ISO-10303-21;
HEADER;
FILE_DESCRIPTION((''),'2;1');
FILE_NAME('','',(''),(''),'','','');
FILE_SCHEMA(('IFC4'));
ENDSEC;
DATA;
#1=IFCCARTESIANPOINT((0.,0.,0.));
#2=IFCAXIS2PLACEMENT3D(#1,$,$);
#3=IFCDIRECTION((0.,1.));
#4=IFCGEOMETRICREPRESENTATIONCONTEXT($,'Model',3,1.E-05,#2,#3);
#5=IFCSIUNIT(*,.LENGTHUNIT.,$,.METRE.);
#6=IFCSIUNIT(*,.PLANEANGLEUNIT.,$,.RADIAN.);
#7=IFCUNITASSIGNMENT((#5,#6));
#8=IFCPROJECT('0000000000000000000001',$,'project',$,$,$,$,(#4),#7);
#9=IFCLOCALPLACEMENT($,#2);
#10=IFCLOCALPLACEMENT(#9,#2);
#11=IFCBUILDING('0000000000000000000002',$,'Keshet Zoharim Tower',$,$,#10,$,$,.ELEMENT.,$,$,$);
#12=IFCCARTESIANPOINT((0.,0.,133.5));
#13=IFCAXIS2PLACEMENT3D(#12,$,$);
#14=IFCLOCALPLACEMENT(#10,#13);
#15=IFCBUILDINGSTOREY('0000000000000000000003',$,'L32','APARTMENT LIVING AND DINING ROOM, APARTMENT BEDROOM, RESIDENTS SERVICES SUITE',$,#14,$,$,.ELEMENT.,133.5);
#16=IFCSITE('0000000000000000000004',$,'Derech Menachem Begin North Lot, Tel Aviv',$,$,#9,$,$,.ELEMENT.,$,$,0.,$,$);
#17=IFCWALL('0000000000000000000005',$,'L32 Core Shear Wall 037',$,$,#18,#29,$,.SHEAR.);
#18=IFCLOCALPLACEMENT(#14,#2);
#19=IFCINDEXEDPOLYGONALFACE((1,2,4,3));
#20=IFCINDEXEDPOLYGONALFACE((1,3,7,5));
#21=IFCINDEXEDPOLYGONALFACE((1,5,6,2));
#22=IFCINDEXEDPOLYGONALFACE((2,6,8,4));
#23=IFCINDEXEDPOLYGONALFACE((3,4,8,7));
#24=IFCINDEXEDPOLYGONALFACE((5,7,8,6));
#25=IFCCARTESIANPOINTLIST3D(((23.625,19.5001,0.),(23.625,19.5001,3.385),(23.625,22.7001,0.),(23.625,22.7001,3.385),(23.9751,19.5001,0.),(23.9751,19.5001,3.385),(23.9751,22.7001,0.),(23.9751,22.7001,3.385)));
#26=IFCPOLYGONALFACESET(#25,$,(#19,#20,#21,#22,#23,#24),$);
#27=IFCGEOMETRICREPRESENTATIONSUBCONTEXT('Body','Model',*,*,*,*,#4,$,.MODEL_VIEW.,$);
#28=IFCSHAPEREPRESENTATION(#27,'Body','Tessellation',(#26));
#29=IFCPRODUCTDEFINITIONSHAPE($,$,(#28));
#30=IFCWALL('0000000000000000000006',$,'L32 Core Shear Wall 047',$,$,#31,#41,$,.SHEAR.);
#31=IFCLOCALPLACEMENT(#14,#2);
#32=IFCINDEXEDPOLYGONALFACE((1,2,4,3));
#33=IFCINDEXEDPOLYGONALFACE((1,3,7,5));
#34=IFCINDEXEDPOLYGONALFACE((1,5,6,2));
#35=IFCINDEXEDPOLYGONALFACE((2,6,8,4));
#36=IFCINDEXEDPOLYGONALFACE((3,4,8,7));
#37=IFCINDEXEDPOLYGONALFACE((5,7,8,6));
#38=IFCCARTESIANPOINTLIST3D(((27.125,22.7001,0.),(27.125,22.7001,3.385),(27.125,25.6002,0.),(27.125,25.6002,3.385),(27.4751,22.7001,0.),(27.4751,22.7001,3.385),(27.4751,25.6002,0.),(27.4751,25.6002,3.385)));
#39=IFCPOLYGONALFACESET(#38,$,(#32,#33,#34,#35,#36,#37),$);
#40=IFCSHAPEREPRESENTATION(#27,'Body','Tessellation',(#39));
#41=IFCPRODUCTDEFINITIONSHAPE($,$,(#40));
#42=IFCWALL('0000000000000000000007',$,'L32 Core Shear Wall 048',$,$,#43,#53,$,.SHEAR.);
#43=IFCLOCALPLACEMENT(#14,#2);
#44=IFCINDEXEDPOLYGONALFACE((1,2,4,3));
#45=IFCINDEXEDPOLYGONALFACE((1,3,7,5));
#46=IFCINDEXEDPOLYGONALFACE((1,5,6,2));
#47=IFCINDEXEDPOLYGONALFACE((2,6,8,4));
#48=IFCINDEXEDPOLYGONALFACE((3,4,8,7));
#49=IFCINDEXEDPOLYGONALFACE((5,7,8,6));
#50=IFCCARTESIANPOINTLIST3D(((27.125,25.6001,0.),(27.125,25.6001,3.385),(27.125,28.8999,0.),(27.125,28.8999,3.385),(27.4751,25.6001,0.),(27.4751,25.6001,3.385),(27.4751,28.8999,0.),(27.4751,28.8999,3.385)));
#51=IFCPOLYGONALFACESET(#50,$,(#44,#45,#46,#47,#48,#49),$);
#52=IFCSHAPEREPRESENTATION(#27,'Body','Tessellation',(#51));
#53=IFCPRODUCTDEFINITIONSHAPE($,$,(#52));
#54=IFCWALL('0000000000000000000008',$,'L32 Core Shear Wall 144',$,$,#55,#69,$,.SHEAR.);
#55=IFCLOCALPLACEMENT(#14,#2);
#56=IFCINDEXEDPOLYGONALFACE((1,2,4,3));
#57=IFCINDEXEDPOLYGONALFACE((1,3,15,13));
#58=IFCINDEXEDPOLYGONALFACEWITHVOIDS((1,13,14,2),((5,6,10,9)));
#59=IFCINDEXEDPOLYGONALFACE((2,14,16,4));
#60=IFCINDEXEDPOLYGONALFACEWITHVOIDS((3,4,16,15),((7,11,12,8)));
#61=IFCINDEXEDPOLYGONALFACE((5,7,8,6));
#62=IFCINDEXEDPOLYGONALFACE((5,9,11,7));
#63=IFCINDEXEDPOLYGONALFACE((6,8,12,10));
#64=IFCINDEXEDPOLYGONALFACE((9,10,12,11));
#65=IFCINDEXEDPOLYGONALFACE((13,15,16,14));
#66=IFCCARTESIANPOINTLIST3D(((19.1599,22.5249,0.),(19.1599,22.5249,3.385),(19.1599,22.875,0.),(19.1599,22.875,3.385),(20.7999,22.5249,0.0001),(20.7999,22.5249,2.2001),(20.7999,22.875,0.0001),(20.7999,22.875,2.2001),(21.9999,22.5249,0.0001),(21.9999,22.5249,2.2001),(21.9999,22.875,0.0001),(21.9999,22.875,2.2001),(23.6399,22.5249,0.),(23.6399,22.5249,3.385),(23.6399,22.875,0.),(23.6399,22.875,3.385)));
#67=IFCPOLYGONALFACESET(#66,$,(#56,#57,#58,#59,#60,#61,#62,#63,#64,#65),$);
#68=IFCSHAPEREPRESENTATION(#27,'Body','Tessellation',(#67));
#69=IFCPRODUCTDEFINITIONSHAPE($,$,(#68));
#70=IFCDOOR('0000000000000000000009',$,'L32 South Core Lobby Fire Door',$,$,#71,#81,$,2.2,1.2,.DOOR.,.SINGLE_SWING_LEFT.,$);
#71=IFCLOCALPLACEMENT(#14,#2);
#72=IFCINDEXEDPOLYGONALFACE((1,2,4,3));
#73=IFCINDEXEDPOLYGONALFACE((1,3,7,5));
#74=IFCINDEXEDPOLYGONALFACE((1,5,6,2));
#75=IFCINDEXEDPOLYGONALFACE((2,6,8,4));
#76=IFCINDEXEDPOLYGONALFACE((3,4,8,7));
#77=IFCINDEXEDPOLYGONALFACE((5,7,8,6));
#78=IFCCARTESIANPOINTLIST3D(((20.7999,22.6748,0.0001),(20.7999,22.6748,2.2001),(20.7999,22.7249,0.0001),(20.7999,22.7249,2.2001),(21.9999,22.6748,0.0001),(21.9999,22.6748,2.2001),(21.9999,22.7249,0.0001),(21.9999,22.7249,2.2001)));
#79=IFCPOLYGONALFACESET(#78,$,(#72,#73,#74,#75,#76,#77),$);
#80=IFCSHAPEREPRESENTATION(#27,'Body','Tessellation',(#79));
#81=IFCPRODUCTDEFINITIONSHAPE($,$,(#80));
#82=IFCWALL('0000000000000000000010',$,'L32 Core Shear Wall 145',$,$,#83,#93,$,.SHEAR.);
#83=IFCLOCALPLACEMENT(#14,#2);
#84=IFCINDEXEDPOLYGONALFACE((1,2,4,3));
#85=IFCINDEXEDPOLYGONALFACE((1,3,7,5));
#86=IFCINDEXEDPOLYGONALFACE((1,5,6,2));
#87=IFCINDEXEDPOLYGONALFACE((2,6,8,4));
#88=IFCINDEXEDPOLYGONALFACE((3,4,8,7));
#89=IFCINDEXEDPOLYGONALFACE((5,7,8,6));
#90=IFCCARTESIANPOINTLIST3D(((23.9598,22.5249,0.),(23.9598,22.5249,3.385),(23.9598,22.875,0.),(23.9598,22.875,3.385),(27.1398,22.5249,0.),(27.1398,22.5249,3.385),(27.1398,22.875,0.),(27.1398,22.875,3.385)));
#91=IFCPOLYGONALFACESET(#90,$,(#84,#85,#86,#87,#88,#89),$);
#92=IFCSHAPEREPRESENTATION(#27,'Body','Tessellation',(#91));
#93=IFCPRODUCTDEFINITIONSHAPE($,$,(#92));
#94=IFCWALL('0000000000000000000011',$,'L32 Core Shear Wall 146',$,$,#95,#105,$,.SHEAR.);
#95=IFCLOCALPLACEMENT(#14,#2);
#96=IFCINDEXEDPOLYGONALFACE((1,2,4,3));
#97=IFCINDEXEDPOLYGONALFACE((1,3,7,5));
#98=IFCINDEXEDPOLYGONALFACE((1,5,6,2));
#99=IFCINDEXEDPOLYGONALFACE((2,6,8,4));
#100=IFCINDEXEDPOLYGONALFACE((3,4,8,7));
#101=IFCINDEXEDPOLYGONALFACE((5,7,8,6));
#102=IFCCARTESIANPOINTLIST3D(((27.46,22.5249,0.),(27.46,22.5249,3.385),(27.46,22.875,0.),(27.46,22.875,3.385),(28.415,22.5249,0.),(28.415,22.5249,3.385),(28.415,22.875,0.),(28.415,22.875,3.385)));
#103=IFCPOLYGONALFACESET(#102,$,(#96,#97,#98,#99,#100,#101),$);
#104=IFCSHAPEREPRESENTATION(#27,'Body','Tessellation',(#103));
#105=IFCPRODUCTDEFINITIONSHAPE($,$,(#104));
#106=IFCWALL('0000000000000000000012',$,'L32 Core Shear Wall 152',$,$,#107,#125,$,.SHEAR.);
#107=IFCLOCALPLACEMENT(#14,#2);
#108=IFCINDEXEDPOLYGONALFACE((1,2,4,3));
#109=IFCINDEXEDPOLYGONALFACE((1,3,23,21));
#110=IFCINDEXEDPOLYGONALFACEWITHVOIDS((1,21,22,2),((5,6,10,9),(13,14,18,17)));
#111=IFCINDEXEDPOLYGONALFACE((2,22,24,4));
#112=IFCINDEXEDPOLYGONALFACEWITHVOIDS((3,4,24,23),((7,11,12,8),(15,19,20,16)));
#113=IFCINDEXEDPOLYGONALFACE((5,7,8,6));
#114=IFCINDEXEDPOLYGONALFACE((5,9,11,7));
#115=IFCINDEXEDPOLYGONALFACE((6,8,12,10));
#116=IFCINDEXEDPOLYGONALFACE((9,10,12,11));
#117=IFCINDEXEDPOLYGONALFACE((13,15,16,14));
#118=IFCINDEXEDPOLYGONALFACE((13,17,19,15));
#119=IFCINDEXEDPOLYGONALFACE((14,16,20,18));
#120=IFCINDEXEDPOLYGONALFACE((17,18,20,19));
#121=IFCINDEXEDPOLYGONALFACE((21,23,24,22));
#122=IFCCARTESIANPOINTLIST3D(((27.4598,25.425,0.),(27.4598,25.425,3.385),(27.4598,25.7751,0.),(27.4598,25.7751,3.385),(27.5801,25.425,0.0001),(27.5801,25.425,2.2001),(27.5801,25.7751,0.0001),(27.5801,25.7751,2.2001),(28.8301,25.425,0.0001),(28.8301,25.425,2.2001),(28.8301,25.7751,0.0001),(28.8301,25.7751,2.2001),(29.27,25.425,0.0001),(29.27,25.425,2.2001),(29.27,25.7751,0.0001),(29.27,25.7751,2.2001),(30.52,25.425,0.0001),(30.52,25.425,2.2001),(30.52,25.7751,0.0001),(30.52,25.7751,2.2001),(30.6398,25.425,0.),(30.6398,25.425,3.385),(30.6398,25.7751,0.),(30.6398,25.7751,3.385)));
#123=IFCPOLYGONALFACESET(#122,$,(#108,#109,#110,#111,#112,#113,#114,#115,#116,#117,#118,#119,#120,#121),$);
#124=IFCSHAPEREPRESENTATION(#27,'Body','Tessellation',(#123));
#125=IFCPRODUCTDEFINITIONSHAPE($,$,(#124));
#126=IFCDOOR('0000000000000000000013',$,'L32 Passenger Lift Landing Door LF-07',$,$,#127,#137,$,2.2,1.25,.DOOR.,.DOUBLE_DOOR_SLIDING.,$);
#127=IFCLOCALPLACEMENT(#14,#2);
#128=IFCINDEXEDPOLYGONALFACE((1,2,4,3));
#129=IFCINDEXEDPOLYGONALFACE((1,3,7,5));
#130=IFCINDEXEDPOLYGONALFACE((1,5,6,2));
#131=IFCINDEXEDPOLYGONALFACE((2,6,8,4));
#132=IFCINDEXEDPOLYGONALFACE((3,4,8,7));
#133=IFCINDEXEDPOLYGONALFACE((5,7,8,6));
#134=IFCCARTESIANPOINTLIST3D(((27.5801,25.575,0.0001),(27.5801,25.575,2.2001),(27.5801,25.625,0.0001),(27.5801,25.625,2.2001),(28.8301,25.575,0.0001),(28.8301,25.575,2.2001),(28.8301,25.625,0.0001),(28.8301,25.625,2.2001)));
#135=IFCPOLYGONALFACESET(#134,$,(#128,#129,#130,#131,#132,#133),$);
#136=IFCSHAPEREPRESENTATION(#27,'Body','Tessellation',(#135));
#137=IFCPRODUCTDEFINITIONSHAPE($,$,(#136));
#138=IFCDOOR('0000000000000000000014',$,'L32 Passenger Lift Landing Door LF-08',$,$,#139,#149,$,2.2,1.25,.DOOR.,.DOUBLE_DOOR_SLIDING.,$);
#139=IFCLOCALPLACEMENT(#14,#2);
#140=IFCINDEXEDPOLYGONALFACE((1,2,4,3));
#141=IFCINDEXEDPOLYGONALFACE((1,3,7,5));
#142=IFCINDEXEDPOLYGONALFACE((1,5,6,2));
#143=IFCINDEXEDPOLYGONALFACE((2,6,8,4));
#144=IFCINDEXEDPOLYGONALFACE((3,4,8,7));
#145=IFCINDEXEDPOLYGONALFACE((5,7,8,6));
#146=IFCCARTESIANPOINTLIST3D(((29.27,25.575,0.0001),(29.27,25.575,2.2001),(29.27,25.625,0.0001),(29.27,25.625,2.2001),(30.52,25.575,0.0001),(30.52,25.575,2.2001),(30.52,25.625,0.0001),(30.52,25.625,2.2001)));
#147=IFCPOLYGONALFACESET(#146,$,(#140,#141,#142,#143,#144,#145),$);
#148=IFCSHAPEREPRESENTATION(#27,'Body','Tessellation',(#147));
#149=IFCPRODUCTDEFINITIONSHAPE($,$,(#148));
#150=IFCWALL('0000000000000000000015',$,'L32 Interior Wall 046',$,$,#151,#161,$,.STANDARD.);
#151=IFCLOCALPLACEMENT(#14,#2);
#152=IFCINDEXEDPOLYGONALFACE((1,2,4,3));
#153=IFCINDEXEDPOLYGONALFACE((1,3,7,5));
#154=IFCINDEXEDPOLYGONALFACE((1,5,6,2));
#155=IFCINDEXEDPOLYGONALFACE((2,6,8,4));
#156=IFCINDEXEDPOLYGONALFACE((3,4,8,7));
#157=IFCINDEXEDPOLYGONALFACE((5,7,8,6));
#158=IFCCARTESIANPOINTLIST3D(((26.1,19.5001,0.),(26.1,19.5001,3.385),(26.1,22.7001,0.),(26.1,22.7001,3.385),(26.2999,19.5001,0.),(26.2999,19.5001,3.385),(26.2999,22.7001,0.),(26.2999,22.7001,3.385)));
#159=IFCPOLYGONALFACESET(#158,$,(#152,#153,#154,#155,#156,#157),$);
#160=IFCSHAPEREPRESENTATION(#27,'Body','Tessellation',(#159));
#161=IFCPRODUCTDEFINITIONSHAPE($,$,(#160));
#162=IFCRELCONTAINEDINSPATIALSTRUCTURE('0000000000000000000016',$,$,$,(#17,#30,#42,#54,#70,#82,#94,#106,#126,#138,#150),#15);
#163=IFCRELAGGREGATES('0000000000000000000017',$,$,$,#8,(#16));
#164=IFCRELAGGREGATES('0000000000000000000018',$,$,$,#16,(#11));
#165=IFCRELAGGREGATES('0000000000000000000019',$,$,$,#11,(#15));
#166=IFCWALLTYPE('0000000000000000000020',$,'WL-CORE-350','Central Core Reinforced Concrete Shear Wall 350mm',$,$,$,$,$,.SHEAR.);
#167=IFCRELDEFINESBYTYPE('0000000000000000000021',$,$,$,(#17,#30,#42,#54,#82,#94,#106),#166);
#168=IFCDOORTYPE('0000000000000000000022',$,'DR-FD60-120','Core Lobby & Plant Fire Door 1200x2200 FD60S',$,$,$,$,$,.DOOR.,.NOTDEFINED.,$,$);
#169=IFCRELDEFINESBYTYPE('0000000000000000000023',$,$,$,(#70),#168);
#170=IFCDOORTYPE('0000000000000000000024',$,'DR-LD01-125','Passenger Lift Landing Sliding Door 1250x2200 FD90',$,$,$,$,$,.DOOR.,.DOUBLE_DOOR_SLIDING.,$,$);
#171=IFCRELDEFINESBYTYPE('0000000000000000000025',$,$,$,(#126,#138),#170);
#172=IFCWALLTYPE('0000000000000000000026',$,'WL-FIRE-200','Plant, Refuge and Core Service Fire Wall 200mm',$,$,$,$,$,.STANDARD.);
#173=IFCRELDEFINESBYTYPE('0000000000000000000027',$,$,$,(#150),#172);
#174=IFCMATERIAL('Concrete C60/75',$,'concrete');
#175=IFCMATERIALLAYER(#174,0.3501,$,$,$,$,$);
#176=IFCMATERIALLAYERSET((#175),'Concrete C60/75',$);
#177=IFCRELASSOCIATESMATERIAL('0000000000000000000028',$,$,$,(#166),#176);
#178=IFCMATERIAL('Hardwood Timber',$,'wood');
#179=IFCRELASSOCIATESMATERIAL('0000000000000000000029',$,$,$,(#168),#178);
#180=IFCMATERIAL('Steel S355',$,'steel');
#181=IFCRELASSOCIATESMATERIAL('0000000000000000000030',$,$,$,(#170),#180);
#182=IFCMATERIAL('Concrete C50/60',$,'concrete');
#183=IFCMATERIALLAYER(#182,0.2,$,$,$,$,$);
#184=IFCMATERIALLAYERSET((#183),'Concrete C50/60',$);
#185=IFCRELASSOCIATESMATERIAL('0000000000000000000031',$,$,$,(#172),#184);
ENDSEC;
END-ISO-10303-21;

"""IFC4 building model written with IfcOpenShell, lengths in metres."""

from ifc_helpers import new_model, si_unit, direction, frame, frame_2d, origin, place, context, subcontext, project, spatial, rectangle, extrude, material, layer, layer_set, type_object, element, fill, save


model = new_model("IFC4")

# Units and contexts
model_context = context("Model", 3, precision=1e-05, world=origin(), true_north=direction((0.0, 1.0)))
body_context = subcontext(model_context, "Body", "Model", "MODEL_VIEW")
ifc_project = project(units=[si_unit("LENGTHUNIT", "METRE"), si_unit("PLANEANGLEUNIT", "RADIAN")], contexts=[model_context])

# Site, building, storey
site_placement = place(None, origin())
site = spatial("IfcSite", under=ifc_project, at=site_placement, Name="Derech Menachem Begin North Lot, Tel Aviv", CompositionType="ELEMENT", RefElevation=0.0)
building_placement = place(site_placement, origin())
building = spatial("IfcBuilding", under=site, at=building_placement, Name="Keshet Zoharim Tower", CompositionType="ELEMENT")
storey_placement = place(building_placement, frame((0.0, 0.0, 133.5)))
storey = spatial("IfcBuildingStorey", under=building, at=storey_placement, Name="L32", Description="APARTMENT LIVING AND DINING ROOM, APARTMENT BEDROOM, RESIDENTS SERVICES SUITE", CompositionType="ELEMENT", Elevation=133.5)

# Shared definitions
ifc_material_1 = material(Name="Concrete C60/75", Category="concrete")
ifc_layer_1 = layer(ifc_material_1, 0.3501)
ifc_layer_set_1 = layer_set([ifc_layer_1], Name="Concrete C60/75")
wall_type_1 = type_object("IfcWallType", Name="WL-CORE-350", Description="Central Core Reinforced Concrete Shear Wall 350mm", PredefinedType="SHEAR", material=ifc_layer_set_1)
ifc_material_2 = material(Name="Hardwood Timber", Category="wood")

# Wall
wall_1_placement = place(storey_placement, frame((23.8, 19.5, 0.0), z_axis=(0.0, 0.0, 1.0), x_axis=(0.0, 1.0, 0.0)))
element("IfcWall", 1, at=wall_1_placement, inside=storey, type_object=wall_type_1, Name="L32 Core Shear Wall 037", PredefinedType="SHEAR", context=body_context, shape_type="SweptSolid", body=[
    extrude(rectangle(XDim=3.2, YDim=0.3501, at=frame_2d((1.6001, 0.0))), origin(), (0.0, 0.0, 1.0), 3.385),
])

# Walls
wall_2_placement = place(storey_placement, frame((27.3, 22.7, 0.0), z_axis=(0.0, 0.0, 1.0), x_axis=(0.0, 1.0, 0.0)))
element("IfcWall", 2, at=wall_2_placement, inside=storey, type_object=wall_type_1, Name="L32 Core Shear Wall 047", PredefinedType="SHEAR", context=body_context, shape_type="SweptSolid", body=[
    extrude(rectangle(XDim=2.9001, YDim=0.3501, at=frame_2d((1.4502, 0.0))), origin(), (0.0, 0.0, 1.0), 3.385),
])
wall_3_placement = place(storey_placement, frame((27.3, 25.6001, 0.0), z_axis=(0.0, 0.0, 1.0), x_axis=(0.0, 1.0, 0.0)))
element("IfcWall", 3, at=wall_3_placement, inside=storey, type_object=wall_type_1, Name="L32 Core Shear Wall 048", PredefinedType="SHEAR", context=body_context, shape_type="SweptSolid", body=[
    extrude(rectangle(XDim=3.2998, YDim=0.3501, at=frame_2d((1.6499, 0.0))), origin(), (0.0, 0.0, 1.0), 3.385),
])

# Wall, opening, door
wall_4_placement = place(storey_placement, frame((19.1599, 22.7, 0.0), z_axis=(0.0, 0.0, 1.0), x_axis=(1.0, 0.0, 0.0)))
wall_4 = element("IfcWall", 4, at=wall_4_placement, inside=storey, type_object=wall_type_1, Name="L32 Core Shear Wall 144", PredefinedType="SHEAR", context=body_context, shape_type="SweptSolid", body=[
    extrude(rectangle(XDim=4.48, YDim=0.3501, at=frame_2d((2.24, 0.0))), origin(), (0.0, 0.0, 1.0), 3.385),
])
opening_1_placement = place(wall_4_placement, frame((1.6399, 0.0, 0.0)))
opening_1 = element("IfcOpeningElement", 5, at=opening_1_placement, cuts=wall_4, PredefinedType="OPENING", context=body_context, shape_type="SweptSolid", body=[
    extrude(rectangle(XDim=1.2, YDim=2.2, at=frame_2d((0.6001, 1.1001))), frame((0.0, 0.1851, 0.0), z_axis=(0.0, -1.0, 0.0), x_axis=(1.0, 0.0, 0.0)), (0.0, 0.0, 1.0), 0.3701),
])
door_type_1 = type_object("IfcDoorType", Name="DR-FD60-120", Description="Core Lobby & Plant Fire Door 1200x2200 FD60S", OperationType="NOTDEFINED", PredefinedType="DOOR", material=ifc_material_2)
door_1_placement = place(opening_1_placement, origin())
door_1 = element("IfcDoor", 6, at=door_1_placement, inside=storey, type_object=door_type_1, Name="L32 South Core Lobby Fire Door", OperationType="SINGLE_SWING_LEFT", OverallHeight=2.2, OverallWidth=1.2, PredefinedType="DOOR", context=body_context, shape_type="SweptSolid", body=[
    extrude(rectangle(XDim=1.2, YDim=2.2, at=frame_2d((0.6001, 1.1001))), frame((0.0, 0.0249, 0.0), z_axis=(0.0, -1.0, 0.0), x_axis=(1.0, 0.0, 0.0)), (0.0, 0.0, 1.0), 0.05),
])
fill(opening_1, door_1)

# Walls
wall_5_placement = place(storey_placement, frame((23.96, 22.7, 0.0), z_axis=(0.0, 0.0, 1.0), x_axis=(1.0, 0.0, 0.0)))
element("IfcWall", 7, at=wall_5_placement, inside=storey, type_object=wall_type_1, Name="L32 Core Shear Wall 145", PredefinedType="SHEAR", context=body_context, shape_type="SweptSolid", body=[
    extrude(rectangle(XDim=3.1799, YDim=0.3501, at=frame_2d((1.5898, 0.0))), origin(), (0.0, 0.0, 1.0), 3.385),
])
wall_6_placement = place(storey_placement, frame((27.46, 22.7, 0.0), z_axis=(0.0, 0.0, 1.0), x_axis=(1.0, 0.0, 0.0)))
element("IfcWall", 8, at=wall_6_placement, inside=storey, type_object=wall_type_1, Name="L32 Core Shear Wall 146", PredefinedType="SHEAR", context=body_context, shape_type="SweptSolid", body=[
    extrude(rectangle(XDim=0.9551, YDim=0.3501, at=frame_2d((0.4775, 0.0))), origin(), (0.0, 0.0, 1.0), 3.385),
])

# Wall, openings, doors
wall_7_placement = place(storey_placement, frame((27.46, 25.6001, 0.0), z_axis=(0.0, 0.0, 1.0), x_axis=(1.0, 0.0, 0.0)))
wall_7 = element("IfcWall", 9, at=wall_7_placement, inside=storey, type_object=wall_type_1, Name="L32 Core Shear Wall 152", PredefinedType="SHEAR", context=body_context, shape_type="SweptSolid", body=[
    extrude(rectangle(XDim=3.1799, YDim=0.3501, at=frame_2d((1.5898, 0.0))), origin(), (0.0, 0.0, 1.0), 3.385),
])
opening_2_placement = place(wall_7_placement, frame((0.1201, 0.0, 0.0)))
opening_2 = element("IfcOpeningElement", 10, at=opening_2_placement, cuts=wall_7, PredefinedType="OPENING", context=body_context, shape_type="SweptSolid", body=[
    extrude(rectangle(XDim=1.25, YDim=2.2, at=frame_2d((0.625, 1.1001))), frame((0.0, 0.1851, 0.0), z_axis=(0.0, -1.0, 0.0), x_axis=(1.0, 0.0, 0.0)), (0.0, 0.0, 1.0), 0.3701),
])
opening_3_placement = place(wall_7_placement, frame((1.8101, 0.0, 0.0)))
opening_3 = element("IfcOpeningElement", 11, at=opening_3_placement, cuts=wall_7, PredefinedType="OPENING", context=body_context, shape_type="SweptSolid", body=[
    extrude(rectangle(XDim=1.25, YDim=2.2, at=frame_2d((0.625, 1.1001))), frame((0.0, 0.1851, 0.0), z_axis=(0.0, -1.0, 0.0), x_axis=(1.0, 0.0, 0.0)), (0.0, 0.0, 1.0), 0.3701),
])
ifc_material_3 = material(Name="Steel S355", Category="steel")
door_type_2 = type_object("IfcDoorType", Name="DR-LD01-125", Description="Passenger Lift Landing Sliding Door 1250x2200 FD90", OperationType="DOUBLE_DOOR_SLIDING", PredefinedType="DOOR", material=ifc_material_3)
door_2_placement = place(opening_2_placement, origin())
door_2 = element("IfcDoor", 12, at=door_2_placement, inside=storey, type_object=door_type_2, Name="L32 Passenger Lift Landing Door LF-07", OperationType="DOUBLE_DOOR_SLIDING", OverallHeight=2.2, OverallWidth=1.25, PredefinedType="DOOR", context=body_context, shape_type="SweptSolid", body=[
    extrude(rectangle(XDim=1.25, YDim=2.2, at=frame_2d((0.625, 1.1001))), frame((0.0, 0.0249, 0.0), z_axis=(0.0, -1.0, 0.0), x_axis=(1.0, 0.0, 0.0)), (0.0, 0.0, 1.0), 0.05),
])
fill(opening_2, door_2)
door_3_placement = place(opening_3_placement, origin())
door_3 = element("IfcDoor", 13, at=door_3_placement, inside=storey, type_object=door_type_2, Name="L32 Passenger Lift Landing Door LF-08", OperationType="DOUBLE_DOOR_SLIDING", OverallHeight=2.2, OverallWidth=1.25, PredefinedType="DOOR", context=body_context, shape_type="SweptSolid", body=[
    extrude(rectangle(XDim=1.25, YDim=2.2, at=frame_2d((0.625, 1.1001))), frame((0.0, 0.0249, 0.0), z_axis=(0.0, -1.0, 0.0), x_axis=(1.0, 0.0, 0.0)), (0.0, 0.0, 1.0), 0.05),
])
fill(opening_3, door_3)

# Wall
ifc_material_4 = material(Name="Concrete C50/60", Category="concrete")
ifc_layer_2 = layer(ifc_material_4, 0.2)
ifc_layer_set_2 = layer_set([ifc_layer_2], Name="Concrete C50/60")
wall_type_2 = type_object("IfcWallType", Name="WL-FIRE-200", Description="Plant, Refuge and Core Service Fire Wall 200mm", PredefinedType="STANDARD", material=ifc_layer_set_2)
wall_8_placement = place(storey_placement, frame((26.2, 19.5, 0.0), z_axis=(0.0, 0.0, 1.0), x_axis=(0.0, 1.0, 0.0)))
element("IfcWall", 14, at=wall_8_placement, inside=storey, type_object=wall_type_2, Name="L32 Interior Wall 046", PredefinedType="STANDARD", context=body_context, shape_type="SweptSolid", body=[
    extrude(rectangle(XDim=3.2, YDim=0.2, at=frame_2d((1.6001, 0.0))), origin(), (0.0, 0.0, 1.0), 3.385),
])

save(model, "model.ifc")
